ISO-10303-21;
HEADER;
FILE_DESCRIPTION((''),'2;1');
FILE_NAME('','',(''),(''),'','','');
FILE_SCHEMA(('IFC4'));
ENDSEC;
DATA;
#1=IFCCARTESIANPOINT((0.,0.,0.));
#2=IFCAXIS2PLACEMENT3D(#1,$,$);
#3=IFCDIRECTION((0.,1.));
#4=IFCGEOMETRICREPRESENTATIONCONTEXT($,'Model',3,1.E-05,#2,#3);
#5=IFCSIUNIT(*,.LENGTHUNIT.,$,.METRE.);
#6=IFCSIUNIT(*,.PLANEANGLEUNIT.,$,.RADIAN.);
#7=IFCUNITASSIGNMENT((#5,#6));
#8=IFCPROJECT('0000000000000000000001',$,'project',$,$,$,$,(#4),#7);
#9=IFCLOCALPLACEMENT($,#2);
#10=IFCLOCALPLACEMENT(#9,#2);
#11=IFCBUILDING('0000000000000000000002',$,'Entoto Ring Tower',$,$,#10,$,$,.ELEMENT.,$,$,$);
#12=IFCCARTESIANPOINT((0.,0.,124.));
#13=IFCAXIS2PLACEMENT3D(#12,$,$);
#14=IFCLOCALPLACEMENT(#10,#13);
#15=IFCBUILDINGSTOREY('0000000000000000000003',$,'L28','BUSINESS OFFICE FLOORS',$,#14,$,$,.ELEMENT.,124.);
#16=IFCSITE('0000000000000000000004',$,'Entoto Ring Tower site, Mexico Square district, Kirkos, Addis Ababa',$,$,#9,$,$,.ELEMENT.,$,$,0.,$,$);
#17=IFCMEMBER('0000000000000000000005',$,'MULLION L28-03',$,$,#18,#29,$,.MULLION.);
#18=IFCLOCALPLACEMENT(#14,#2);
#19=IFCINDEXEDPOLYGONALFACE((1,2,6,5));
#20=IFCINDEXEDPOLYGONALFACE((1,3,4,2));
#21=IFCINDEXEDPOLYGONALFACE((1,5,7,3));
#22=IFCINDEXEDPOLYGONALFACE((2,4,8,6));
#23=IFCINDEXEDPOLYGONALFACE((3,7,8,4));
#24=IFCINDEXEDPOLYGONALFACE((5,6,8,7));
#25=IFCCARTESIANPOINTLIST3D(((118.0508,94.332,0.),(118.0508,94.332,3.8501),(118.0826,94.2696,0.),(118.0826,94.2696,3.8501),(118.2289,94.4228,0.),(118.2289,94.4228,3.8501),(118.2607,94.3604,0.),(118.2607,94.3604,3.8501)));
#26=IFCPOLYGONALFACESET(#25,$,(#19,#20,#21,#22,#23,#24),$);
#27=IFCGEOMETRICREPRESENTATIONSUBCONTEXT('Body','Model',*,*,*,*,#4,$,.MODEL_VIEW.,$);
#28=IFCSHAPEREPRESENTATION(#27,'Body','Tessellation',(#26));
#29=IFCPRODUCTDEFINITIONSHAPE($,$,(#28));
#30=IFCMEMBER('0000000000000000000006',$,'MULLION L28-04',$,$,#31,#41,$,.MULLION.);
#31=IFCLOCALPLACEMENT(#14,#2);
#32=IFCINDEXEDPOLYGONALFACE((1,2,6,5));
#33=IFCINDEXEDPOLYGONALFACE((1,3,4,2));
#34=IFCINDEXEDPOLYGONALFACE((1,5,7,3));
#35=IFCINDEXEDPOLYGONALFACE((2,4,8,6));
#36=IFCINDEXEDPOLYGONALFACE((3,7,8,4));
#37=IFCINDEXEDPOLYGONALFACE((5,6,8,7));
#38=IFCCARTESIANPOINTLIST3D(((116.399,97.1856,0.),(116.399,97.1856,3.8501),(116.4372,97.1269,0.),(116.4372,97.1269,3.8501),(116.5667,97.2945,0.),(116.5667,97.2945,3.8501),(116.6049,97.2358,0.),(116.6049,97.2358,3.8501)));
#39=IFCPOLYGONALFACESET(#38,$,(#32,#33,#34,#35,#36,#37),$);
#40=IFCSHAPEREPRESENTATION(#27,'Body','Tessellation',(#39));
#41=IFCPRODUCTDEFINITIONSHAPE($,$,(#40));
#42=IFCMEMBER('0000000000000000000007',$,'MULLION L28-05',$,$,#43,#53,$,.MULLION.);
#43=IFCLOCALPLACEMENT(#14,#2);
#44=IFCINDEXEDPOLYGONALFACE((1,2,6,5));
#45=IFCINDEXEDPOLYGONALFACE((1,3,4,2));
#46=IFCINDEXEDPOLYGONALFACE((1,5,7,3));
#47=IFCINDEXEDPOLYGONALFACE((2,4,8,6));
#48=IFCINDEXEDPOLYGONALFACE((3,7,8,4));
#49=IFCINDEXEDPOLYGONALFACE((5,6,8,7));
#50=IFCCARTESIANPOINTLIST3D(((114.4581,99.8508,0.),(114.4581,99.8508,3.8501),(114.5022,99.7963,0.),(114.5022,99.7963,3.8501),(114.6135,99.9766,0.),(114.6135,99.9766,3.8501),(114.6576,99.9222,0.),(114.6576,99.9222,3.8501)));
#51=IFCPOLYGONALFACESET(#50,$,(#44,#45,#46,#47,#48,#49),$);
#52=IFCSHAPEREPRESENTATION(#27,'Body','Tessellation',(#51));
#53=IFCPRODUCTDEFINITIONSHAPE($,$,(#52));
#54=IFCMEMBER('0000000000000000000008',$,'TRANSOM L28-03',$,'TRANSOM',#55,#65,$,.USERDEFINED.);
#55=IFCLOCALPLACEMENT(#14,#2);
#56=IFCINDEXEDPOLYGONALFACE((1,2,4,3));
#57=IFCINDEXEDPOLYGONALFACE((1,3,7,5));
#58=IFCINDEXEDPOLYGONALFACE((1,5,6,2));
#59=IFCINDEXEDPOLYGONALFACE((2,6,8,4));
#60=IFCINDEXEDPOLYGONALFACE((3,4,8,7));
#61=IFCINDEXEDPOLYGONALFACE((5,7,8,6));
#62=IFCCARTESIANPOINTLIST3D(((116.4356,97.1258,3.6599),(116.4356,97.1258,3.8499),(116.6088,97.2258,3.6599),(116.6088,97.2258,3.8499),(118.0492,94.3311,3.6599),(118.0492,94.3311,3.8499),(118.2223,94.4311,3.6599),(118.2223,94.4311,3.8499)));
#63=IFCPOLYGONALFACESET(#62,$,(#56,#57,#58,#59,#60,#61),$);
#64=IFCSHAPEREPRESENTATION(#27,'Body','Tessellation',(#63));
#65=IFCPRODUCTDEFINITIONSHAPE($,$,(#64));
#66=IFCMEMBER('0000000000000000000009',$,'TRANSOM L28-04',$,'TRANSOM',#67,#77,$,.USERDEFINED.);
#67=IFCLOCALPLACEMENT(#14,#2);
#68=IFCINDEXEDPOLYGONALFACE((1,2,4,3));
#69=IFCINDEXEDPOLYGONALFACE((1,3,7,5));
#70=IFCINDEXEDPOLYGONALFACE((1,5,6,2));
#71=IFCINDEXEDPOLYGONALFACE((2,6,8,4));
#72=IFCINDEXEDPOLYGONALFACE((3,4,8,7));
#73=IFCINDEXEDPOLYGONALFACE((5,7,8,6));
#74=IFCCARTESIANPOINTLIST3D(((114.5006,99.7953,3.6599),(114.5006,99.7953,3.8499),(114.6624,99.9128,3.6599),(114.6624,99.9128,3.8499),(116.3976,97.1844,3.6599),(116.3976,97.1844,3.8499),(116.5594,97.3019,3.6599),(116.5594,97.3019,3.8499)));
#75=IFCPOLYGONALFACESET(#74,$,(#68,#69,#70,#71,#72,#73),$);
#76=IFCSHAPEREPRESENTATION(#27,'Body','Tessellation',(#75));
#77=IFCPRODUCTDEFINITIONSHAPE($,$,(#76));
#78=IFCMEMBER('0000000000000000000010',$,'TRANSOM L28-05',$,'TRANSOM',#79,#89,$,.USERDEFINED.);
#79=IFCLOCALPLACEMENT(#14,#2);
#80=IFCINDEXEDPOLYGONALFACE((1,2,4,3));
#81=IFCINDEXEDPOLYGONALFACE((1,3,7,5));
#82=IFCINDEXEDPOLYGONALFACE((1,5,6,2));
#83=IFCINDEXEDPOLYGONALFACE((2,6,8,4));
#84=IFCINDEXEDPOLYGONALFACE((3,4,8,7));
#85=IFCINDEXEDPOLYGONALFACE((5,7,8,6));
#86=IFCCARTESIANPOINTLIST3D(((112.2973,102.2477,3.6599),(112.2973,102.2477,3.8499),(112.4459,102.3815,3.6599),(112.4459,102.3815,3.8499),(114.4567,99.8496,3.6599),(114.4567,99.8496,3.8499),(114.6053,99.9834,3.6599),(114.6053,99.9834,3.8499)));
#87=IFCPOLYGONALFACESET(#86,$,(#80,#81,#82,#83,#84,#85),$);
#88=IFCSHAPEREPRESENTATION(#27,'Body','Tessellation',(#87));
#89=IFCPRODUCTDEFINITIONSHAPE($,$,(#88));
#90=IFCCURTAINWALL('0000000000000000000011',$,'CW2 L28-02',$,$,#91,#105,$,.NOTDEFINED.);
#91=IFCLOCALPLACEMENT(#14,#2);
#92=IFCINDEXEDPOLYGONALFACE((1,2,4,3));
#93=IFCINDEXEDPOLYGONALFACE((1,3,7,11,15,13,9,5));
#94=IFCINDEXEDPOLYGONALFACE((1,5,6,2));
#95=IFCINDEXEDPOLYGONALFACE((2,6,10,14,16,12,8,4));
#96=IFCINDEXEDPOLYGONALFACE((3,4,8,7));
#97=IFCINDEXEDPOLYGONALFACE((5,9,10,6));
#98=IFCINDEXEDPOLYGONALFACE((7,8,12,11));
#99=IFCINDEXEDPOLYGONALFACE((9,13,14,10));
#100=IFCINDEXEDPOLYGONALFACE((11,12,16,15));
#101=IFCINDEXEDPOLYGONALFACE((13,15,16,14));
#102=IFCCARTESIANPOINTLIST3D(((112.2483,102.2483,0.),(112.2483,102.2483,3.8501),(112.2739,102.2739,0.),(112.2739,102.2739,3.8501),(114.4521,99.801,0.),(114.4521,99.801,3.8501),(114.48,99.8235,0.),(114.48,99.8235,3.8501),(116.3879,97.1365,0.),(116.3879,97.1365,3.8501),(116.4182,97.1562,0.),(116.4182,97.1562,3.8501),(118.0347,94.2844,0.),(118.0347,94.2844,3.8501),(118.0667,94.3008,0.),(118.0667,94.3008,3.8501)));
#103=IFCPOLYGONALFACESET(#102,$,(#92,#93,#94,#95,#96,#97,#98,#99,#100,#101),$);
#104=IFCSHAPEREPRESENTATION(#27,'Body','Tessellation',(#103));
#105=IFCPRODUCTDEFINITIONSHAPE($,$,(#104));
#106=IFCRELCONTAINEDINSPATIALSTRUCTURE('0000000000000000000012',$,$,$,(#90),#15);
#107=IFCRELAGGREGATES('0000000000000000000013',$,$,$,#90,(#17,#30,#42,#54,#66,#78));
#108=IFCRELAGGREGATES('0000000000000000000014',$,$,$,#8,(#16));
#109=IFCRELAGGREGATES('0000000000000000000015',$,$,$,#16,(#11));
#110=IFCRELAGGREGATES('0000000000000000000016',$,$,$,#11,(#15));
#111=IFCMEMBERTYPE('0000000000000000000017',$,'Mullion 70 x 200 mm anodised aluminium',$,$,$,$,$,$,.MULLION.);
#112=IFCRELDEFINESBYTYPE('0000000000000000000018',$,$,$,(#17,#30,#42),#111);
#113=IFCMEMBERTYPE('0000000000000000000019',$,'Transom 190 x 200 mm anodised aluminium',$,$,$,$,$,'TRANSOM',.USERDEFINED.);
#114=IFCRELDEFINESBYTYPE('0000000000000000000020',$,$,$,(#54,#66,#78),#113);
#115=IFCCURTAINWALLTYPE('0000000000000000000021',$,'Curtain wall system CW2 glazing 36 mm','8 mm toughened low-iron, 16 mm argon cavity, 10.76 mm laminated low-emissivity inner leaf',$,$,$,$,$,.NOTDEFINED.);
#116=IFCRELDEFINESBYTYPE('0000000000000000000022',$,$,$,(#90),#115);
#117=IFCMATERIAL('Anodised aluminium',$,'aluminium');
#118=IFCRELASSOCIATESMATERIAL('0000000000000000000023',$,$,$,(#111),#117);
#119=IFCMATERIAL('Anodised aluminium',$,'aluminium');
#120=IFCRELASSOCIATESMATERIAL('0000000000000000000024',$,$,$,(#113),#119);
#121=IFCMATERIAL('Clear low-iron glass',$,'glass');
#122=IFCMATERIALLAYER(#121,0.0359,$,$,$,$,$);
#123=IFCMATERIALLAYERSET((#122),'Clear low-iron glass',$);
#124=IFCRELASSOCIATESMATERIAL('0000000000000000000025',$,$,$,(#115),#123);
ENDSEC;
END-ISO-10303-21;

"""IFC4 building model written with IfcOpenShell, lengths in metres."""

from ifc_helpers import new_model, si_unit, direction, frame, origin, origin_2d, place, context, subcontext, project, spatial, polyline, rectangle, outline, extrude, material, layer, layer_set, material_profile, profile_set, type_object, element, aggregate, save


model = new_model("IFC4")

# Units and contexts
model_context = context("Model", 3, precision=1e-05, world=origin(), true_north=direction((0.0, 1.0)))
body_context = subcontext(model_context, "Body", "Model", "MODEL_VIEW")
ifc_project = project(units=[si_unit("LENGTHUNIT", "METRE"), si_unit("PLANEANGLEUNIT", "RADIAN")], contexts=[model_context])

# Members
ifc_material_1 = material(Name="Anodised aluminium", Category="aluminium")
ifc_material_profile_1 = material_profile(ifc_material_1, rectangle(XDim=0.0701, YDim=0.2, at=origin_2d()), Name="Mullion 70 x 200 mm anodised aluminium")
ifc_profile_set_1 = profile_set([ifc_material_profile_1], Name="Anodised aluminium")
member_type_1 = type_object("IfcMemberType", Name="Mullion 70 x 200 mm anodised aluminium", PredefinedType="MULLION", material=ifc_profile_set_1)
site_placement = place(None, origin())
building_placement = place(site_placement, origin())
storey_placement = place(building_placement, frame((0.0, 0.0, 124.0)))
member_1_placement = place(storey_placement, frame((118.1558, 94.3462, 0.0), z_axis=(0.0, 0.0, 1.0), x_axis=(-0.45399, 0.891007, 0.0)))
member_1 = element("IfcMember", 1, at=member_1_placement, type_object=member_type_1, Name="MULLION L28-03", PredefinedType="MULLION", context=body_context, shape_type="SweptSolid", body=[
    extrude(rectangle(XDim=0.0701, YDim=0.2, at=origin_2d()), origin(), (0.0, 0.0, 1.0), 3.8501),
])
member_2_placement = place(storey_placement, frame((116.502, 97.2107, 0.0), z_axis=(0.0, 0.0, 1.0), x_axis=(-0.544639, 0.838671, 0.0)))
member_2 = element("IfcMember", 2, at=member_2_placement, type_object=member_type_1, Name="MULLION L28-04", PredefinedType="MULLION", context=body_context, shape_type="SweptSolid", body=[
    extrude(rectangle(XDim=0.0701, YDim=0.2, at=origin_2d()), origin(), (0.0, 0.0, 1.0), 3.8501),
])
member_3_placement = place(storey_placement, frame((114.5579, 99.8865, 0.0), z_axis=(0.0, 0.0, 1.0), x_axis=(-0.62932, 0.777146, 0.0)))
member_3 = element("IfcMember", 3, at=member_3_placement, type_object=member_type_1, Name="MULLION L28-05", PredefinedType="MULLION", context=body_context, shape_type="SweptSolid", body=[
    extrude(rectangle(XDim=0.0701, YDim=0.2, at=origin_2d()), origin(), (0.0, 0.0, 1.0), 3.8501),
])
ifc_material_2 = material(Name="Anodised aluminium", Category="aluminium")
ifc_material_profile_2 = material_profile(ifc_material_2, rectangle(XDim=0.2, YDim=0.1899, at=origin_2d()), Name="Transom 190 x 200 mm anodised aluminium")
ifc_profile_set_2 = profile_set([ifc_material_profile_2], Name="Anodised aluminium")
member_type_2 = type_object("IfcMemberType", Name="Transom 190 x 200 mm anodised aluminium", ElementType="TRANSOM", PredefinedType="USERDEFINED", material=ifc_profile_set_2)
member_4_placement = place(storey_placement, frame((118.1357, 94.3811, 3.7549), z_axis=(-0.500004, 0.866023, 0.0), x_axis=(-0.866023, -0.500004, 0.0)))
member_4 = element("IfcMember", 4, at=member_4_placement, type_object=member_type_2, Name="TRANSOM L28-03", ObjectType="TRANSOM", PredefinedType="USERDEFINED", context=body_context, shape_type="SweptSolid", body=[
    extrude(rectangle(XDim=0.2, YDim=0.1899, at=origin_2d()), origin(), (0.0, 0.0, 1.0), 3.2271),
])
member_5_placement = place(storey_placement, frame((116.4785, 97.2432, 3.7549), z_axis=(-0.587803, 0.809004, 0.0), x_axis=(-0.809004, -0.587803, 0.0)))
member_5 = element("IfcMember", 5, at=member_5_placement, type_object=member_type_2, Name="TRANSOM L28-04", ObjectType="TRANSOM", PredefinedType="USERDEFINED", context=body_context, shape_type="SweptSolid", body=[
    extrude(rectangle(XDim=0.2, YDim=0.1899, at=origin_2d()), origin(), (0.0, 0.0, 1.0), 3.2273),
])
member_6_placement = place(storey_placement, frame((114.531, 99.9165, 3.7549), z_axis=(-0.669144, 0.743132, 0.0), x_axis=(-0.743132, -0.669144, 0.0)))
member_6 = element("IfcMember", 6, at=member_6_placement, type_object=member_type_2, Name="TRANSOM L28-05", ObjectType="TRANSOM", PredefinedType="USERDEFINED", context=body_context, shape_type="SweptSolid", body=[
    extrude(rectangle(XDim=0.2, YDim=0.1899, at=origin_2d()), origin(), (0.0, 0.0, 1.0), 3.2271),
])

# Site, building, storey
site = spatial("IfcSite", under=ifc_project, at=site_placement, Name="Entoto Ring Tower site, Mexico Square district, Kirkos, Addis Ababa", CompositionType="ELEMENT", RefElevation=0.0)
building = spatial("IfcBuilding", under=site, at=building_placement, Name="Entoto Ring Tower", CompositionType="ELEMENT")
storey = spatial("IfcBuildingStorey", under=building, at=storey_placement, Name="L28", Description="BUSINESS OFFICE FLOORS", CompositionType="ELEMENT", Elevation=124.0)

# Curtain wall
ifc_material_3 = material(Name="Clear low-iron glass", Category="glass")
ifc_layer_1 = layer(ifc_material_3, 0.0359)
ifc_layer_set_1 = layer_set([ifc_layer_1], Name="Clear low-iron glass")
curtain_wall_type = type_object("IfcCurtainWallType", Name="Curtain wall system CW2 glazing 36 mm", Description="8 mm toughened low-iron, 16 mm argon cavity, 10.76 mm laminated low-emissivity inner leaf", PredefinedType="NOTDEFINED", material=ifc_layer_set_1)
curtain_wall_1_placement = place(storey_placement, origin())
curtain_wall_1 = element("IfcCurtainWall", 7, at=curtain_wall_1_placement, inside=storey, type_object=curtain_wall_type, Name="CW2 L28-02", PredefinedType="NOTDEFINED", context=body_context, shape_type="SweptSolid", body=[
    extrude(outline(polyline([(118.0667, 94.3008), (116.4182, 97.1562), (114.48, 99.8235), (112.2739, 102.2739), (112.2483, 102.2483), (114.4521, 99.801), (116.3879, 97.1365), (118.0347, 94.2844), (118.0667, 94.3008)])), origin(), (0.0, 0.0, 1.0), 3.8501),
])
aggregate(curtain_wall_1, [member_1, member_2, member_3, member_4, member_5, member_6])

save(model, "model.ifc")
